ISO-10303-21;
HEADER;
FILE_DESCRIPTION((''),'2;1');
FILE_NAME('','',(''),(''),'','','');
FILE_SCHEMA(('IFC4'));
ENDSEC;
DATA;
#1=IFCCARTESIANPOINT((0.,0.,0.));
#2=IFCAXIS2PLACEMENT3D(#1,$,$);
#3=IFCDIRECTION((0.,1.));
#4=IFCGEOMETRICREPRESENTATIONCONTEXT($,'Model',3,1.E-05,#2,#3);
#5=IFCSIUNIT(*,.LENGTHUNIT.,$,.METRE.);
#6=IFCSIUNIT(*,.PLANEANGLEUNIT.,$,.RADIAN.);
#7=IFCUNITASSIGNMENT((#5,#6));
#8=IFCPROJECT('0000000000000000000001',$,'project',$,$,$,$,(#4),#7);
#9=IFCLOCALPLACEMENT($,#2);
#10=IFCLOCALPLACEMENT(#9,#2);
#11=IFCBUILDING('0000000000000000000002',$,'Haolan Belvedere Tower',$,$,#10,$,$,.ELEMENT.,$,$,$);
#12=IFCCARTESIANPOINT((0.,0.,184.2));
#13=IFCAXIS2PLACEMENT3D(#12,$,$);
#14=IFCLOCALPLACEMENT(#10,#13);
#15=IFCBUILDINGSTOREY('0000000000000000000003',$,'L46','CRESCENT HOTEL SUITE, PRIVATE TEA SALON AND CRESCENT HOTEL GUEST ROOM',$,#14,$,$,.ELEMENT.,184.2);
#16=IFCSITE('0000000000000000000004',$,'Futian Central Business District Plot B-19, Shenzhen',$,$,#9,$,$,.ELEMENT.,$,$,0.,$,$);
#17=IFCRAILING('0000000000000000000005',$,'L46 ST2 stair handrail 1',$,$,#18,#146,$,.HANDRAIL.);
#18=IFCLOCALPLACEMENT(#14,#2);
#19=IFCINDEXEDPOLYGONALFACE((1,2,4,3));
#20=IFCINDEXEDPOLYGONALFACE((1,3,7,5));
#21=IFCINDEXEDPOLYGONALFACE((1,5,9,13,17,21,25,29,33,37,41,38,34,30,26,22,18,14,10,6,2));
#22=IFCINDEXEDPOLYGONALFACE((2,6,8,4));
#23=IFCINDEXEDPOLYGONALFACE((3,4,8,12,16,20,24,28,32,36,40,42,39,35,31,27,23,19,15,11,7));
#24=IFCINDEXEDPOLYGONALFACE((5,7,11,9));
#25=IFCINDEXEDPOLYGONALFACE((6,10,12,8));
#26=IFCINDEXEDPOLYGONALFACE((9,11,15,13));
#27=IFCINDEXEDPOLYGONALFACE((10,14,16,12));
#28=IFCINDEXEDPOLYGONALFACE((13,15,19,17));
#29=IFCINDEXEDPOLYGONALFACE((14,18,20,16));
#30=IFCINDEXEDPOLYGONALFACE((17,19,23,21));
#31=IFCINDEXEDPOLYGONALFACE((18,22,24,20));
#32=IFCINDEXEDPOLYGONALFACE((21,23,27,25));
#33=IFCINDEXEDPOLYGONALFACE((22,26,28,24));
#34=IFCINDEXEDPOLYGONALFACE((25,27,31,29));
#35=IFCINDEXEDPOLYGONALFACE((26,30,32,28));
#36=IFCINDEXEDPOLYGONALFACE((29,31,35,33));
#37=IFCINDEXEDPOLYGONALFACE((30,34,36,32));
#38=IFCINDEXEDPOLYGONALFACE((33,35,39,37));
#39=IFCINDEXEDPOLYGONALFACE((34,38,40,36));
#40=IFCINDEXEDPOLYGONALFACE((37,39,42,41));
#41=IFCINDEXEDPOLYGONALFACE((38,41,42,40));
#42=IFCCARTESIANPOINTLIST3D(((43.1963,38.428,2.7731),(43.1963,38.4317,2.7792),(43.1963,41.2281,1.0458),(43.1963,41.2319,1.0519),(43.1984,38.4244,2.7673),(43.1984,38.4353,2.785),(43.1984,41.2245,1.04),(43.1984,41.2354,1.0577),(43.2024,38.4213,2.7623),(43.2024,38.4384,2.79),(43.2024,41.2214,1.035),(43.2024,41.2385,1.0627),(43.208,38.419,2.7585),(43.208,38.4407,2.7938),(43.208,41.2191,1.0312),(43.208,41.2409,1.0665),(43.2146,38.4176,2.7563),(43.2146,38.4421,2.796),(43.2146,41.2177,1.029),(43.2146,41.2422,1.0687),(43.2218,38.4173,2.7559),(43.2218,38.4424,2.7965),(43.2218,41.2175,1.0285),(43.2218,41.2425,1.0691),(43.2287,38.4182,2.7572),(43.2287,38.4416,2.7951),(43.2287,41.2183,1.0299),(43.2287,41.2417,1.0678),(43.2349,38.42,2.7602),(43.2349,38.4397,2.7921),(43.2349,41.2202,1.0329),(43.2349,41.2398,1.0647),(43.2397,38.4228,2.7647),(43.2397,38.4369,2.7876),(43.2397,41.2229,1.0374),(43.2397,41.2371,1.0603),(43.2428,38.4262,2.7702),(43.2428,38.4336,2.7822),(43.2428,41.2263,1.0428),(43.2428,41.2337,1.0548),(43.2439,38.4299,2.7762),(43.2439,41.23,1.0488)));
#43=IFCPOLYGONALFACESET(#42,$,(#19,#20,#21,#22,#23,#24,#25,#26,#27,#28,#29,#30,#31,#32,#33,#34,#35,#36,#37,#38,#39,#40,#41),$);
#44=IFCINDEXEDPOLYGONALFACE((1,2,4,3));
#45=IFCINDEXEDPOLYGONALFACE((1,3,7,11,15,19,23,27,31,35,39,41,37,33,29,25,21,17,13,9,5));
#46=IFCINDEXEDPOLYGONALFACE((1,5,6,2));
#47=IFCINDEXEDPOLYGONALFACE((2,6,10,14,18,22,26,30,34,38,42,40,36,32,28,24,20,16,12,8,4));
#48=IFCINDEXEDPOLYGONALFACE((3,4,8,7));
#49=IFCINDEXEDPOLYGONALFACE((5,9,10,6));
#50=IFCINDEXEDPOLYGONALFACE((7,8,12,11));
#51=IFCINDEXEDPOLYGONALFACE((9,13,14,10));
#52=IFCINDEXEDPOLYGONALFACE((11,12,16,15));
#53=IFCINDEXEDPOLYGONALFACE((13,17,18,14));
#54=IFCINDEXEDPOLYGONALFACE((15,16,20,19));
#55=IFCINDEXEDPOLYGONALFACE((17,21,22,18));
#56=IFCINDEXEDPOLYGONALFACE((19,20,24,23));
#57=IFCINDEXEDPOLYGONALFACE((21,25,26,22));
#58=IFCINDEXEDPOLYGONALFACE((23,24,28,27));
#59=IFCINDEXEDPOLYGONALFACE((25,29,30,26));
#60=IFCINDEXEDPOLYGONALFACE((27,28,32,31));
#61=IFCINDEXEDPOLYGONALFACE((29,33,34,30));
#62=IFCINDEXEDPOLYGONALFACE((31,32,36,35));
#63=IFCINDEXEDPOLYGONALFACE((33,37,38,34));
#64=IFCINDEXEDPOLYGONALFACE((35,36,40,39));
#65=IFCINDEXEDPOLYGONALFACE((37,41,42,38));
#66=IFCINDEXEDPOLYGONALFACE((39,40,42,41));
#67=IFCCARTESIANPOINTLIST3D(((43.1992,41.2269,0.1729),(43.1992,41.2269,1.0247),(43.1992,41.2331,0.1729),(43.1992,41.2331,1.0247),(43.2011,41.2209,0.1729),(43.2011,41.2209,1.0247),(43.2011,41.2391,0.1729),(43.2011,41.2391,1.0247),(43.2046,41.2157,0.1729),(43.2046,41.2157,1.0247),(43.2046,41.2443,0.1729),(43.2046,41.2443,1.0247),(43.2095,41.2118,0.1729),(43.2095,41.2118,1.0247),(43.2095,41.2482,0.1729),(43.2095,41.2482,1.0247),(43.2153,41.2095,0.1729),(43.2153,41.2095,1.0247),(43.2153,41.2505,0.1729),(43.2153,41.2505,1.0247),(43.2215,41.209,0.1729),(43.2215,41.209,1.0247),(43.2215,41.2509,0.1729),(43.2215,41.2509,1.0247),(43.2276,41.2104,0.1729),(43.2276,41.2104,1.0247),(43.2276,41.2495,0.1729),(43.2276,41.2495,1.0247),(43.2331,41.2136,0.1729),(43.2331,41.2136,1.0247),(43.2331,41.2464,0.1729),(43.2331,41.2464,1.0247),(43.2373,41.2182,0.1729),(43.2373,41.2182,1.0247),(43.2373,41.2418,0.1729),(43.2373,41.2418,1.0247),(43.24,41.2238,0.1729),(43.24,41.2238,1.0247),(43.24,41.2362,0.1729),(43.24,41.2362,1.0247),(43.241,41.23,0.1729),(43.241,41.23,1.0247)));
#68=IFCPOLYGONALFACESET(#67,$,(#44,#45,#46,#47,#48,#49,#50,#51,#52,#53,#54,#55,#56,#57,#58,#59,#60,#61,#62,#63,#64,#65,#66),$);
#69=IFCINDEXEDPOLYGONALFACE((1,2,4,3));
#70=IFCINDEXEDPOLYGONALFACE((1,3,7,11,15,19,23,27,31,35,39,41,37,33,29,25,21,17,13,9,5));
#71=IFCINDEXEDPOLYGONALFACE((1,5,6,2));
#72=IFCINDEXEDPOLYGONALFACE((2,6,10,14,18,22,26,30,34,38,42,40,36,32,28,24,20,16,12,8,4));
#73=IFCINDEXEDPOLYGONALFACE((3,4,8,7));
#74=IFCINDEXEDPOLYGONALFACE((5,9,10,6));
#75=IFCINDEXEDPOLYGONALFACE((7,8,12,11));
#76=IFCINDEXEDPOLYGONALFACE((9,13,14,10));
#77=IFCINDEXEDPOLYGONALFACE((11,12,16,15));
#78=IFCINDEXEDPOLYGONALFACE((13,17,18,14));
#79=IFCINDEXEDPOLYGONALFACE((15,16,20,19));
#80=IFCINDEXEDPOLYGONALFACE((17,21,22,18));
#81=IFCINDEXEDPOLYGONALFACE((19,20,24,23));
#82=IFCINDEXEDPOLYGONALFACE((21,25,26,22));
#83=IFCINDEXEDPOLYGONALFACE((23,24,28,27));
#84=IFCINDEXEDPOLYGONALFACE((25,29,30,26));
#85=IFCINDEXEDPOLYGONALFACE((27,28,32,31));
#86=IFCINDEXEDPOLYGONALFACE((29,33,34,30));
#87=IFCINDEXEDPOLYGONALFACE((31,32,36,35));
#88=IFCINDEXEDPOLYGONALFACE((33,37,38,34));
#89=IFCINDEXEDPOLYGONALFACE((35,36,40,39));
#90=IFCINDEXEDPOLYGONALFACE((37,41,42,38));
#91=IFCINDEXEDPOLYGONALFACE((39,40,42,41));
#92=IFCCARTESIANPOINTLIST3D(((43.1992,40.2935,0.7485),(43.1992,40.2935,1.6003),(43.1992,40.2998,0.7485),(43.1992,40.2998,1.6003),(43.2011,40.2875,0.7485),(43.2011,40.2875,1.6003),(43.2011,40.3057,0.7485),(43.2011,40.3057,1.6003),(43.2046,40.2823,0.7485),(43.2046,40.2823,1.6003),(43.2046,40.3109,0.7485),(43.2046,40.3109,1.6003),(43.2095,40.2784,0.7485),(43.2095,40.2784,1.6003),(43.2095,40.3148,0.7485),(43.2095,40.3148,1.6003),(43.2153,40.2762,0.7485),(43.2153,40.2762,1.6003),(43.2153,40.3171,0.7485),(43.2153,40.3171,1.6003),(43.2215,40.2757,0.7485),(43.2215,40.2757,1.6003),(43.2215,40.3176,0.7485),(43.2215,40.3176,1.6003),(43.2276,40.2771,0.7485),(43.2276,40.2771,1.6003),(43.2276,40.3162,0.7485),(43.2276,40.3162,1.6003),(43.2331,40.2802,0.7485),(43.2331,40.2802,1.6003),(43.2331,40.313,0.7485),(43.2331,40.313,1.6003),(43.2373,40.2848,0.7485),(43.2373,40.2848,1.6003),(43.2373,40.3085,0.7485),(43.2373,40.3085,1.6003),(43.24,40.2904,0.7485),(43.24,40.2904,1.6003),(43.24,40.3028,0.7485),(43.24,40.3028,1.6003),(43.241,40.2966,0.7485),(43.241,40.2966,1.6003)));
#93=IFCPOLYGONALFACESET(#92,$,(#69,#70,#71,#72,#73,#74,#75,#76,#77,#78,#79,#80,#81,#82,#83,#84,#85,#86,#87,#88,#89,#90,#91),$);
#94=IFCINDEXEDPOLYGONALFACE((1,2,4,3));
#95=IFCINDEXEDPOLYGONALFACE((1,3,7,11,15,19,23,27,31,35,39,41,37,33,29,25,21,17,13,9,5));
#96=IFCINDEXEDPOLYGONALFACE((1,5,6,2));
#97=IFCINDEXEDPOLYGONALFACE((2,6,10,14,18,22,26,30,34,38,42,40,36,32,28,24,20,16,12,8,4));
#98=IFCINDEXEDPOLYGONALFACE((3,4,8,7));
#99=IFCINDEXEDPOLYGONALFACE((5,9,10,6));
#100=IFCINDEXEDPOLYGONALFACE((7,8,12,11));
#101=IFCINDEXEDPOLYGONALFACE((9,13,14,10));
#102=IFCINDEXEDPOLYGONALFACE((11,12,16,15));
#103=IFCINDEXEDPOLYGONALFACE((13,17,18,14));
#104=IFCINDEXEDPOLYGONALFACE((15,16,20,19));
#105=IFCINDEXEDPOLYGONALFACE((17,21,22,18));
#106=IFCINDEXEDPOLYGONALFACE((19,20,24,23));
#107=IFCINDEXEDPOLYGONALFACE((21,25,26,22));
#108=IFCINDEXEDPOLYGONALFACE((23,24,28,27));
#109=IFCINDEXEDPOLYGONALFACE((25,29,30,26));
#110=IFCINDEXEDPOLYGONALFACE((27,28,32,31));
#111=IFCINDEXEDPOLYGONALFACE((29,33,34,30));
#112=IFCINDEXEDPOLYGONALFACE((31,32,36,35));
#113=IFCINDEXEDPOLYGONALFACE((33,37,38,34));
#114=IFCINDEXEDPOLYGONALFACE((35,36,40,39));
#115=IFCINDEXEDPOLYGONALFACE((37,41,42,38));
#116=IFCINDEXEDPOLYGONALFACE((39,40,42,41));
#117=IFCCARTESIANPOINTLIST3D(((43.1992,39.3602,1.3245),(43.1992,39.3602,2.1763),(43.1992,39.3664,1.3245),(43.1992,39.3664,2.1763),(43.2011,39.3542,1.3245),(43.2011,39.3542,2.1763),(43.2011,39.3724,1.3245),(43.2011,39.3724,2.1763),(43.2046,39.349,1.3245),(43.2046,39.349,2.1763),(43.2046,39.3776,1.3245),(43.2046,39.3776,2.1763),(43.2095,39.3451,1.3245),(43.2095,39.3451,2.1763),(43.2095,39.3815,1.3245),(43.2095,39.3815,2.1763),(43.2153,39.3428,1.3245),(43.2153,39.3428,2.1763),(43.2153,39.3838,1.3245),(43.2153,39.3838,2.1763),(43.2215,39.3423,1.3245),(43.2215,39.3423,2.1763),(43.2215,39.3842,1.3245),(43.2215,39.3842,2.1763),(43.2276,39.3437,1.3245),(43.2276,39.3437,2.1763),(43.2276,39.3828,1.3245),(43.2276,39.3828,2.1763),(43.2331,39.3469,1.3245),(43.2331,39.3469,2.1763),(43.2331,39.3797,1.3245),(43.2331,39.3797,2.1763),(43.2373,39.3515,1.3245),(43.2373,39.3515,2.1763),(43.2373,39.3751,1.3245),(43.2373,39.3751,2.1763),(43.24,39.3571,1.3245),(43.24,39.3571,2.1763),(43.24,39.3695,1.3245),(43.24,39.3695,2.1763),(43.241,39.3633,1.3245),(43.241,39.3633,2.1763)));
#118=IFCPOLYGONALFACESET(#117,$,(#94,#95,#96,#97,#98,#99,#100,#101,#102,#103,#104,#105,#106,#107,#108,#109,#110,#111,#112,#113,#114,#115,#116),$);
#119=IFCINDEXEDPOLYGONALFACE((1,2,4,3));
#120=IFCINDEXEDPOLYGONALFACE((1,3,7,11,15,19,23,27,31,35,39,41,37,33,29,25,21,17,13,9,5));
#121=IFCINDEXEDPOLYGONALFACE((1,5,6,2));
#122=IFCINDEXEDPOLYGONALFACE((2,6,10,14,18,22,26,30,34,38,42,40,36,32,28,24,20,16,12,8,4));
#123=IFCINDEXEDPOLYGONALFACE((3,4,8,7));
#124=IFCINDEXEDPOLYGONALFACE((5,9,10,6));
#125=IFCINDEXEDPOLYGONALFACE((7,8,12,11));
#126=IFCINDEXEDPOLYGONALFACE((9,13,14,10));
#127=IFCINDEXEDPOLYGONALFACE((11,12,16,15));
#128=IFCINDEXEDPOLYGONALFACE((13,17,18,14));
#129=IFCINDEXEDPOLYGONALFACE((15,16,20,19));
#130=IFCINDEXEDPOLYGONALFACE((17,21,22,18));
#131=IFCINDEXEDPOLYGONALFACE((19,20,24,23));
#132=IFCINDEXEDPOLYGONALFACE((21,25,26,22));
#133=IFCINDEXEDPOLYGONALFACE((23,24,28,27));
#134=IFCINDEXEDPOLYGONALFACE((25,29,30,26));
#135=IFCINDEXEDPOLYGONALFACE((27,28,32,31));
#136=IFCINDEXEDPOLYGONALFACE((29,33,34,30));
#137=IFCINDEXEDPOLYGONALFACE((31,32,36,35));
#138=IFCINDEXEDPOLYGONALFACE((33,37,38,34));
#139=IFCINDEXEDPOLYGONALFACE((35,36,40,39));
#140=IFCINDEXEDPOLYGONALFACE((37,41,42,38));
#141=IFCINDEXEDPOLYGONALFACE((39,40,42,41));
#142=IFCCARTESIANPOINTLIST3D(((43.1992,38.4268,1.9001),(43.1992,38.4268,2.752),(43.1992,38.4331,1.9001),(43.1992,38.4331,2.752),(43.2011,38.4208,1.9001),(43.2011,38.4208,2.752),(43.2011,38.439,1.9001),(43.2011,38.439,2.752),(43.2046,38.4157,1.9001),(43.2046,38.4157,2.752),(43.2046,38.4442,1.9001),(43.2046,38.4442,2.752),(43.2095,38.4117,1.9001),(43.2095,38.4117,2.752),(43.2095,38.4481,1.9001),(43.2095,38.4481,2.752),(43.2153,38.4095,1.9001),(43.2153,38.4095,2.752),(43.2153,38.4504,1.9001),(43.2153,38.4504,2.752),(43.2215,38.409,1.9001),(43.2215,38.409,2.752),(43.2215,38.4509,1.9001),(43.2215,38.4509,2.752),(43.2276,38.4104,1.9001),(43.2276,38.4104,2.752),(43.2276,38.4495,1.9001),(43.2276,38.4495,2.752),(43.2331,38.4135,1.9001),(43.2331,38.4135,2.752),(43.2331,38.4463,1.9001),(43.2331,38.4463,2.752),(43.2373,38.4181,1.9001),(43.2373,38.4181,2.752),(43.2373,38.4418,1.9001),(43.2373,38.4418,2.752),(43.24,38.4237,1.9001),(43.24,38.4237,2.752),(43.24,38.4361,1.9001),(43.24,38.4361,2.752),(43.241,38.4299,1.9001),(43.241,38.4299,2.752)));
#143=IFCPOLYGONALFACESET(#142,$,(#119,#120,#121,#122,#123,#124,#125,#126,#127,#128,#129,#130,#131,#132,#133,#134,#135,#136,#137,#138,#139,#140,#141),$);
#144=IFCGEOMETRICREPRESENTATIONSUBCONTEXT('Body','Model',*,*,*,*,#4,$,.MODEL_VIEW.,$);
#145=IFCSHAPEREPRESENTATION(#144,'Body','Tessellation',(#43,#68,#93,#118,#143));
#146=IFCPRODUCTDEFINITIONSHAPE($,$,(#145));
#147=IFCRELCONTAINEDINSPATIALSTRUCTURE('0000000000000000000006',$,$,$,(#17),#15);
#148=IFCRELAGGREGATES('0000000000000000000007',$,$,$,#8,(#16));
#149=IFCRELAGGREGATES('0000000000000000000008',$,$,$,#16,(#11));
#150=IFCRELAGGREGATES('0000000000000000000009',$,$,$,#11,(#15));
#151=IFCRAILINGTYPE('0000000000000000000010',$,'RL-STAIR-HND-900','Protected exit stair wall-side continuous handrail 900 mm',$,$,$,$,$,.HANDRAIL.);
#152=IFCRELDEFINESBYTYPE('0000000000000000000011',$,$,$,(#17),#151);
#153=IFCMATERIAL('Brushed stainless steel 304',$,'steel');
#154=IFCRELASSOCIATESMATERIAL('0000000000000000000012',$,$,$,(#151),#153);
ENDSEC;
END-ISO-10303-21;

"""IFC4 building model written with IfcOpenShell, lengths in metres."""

from ifc_helpers import new_model, si_unit, direction, frame, origin, origin_2d, place, context, subcontext, project, spatial, circle, extrude, material, type_object, element, save


model = new_model("IFC4")

# Units and contexts
model_context = context("Model", 3, precision=1e-05, world=origin(), true_north=direction((0.0, 1.0)))
body_context = subcontext(model_context, "Body", "Model", "MODEL_VIEW")
ifc_project = project(units=[si_unit("LENGTHUNIT", "METRE"), si_unit("PLANEANGLEUNIT", "RADIAN")], contexts=[model_context])

# Site, building, storey
site_placement = place(None, origin())
site = spatial("IfcSite", under=ifc_project, at=site_placement, Name="Futian Central Business District Plot B-19, Shenzhen", CompositionType="ELEMENT", RefElevation=0.0)
building_placement = place(site_placement, origin())
building = spatial("IfcBuilding", under=site, at=building_placement, Name="Haolan Belvedere Tower", CompositionType="ELEMENT")
storey_placement = place(building_placement, frame((0.0, 0.0, 184.2)))
storey = spatial("IfcBuildingStorey", under=building, at=storey_placement, Name="L46", Description="CRESCENT HOTEL SUITE, PRIVATE TEA SALON AND CRESCENT HOTEL GUEST ROOM", CompositionType="ELEMENT", Elevation=184.2)

# Railing
ifc_material_1 = material(Name="Brushed stainless steel 304", Category="steel")
railing_type_1 = type_object("IfcRailingType", Name="RL-STAIR-HND-900", Description="Protected exit stair wall-side continuous handrail 900 mm", PredefinedType="HANDRAIL", material=ifc_material_1)
railing_1_placement = place(storey_placement, frame((43.22, 41.23, 0.1729)))
element("IfcRailing", 1, at=railing_1_placement, inside=storey, type_object=railing_type_1, Name="L46 ST2 stair handrail 1", PredefinedType="HANDRAIL", context=body_context, shape_type="SweptSolid", body=[
    extrude(circle(Radius=0.0239, at=origin_2d()), frame((0.0, 0.0, 0.876), z_axis=(0.0, -0.85109, 0.52502), x_axis=(1.0, 0.0, 0.0)), (0.0, 0.0, 1.0), 3.29),
    extrude(circle(Radius=0.021, at=origin_2d()), origin(), (0.0, 0.0, 1.0), 0.8518),
    extrude(circle(Radius=0.021, at=origin_2d()), frame((0.0, -0.9333, 0.5757)), (0.0, 0.0, 1.0), 0.8518),
    extrude(circle(Radius=0.021, at=origin_2d()), frame((0.0, -1.8667, 1.1516)), (0.0, 0.0, 1.0), 0.8518),
    extrude(circle(Radius=0.021, at=origin_2d()), frame((0.0, -2.8, 1.7273)), (0.0, 0.0, 1.0), 0.8518),
])

save(model, "model.ifc")
